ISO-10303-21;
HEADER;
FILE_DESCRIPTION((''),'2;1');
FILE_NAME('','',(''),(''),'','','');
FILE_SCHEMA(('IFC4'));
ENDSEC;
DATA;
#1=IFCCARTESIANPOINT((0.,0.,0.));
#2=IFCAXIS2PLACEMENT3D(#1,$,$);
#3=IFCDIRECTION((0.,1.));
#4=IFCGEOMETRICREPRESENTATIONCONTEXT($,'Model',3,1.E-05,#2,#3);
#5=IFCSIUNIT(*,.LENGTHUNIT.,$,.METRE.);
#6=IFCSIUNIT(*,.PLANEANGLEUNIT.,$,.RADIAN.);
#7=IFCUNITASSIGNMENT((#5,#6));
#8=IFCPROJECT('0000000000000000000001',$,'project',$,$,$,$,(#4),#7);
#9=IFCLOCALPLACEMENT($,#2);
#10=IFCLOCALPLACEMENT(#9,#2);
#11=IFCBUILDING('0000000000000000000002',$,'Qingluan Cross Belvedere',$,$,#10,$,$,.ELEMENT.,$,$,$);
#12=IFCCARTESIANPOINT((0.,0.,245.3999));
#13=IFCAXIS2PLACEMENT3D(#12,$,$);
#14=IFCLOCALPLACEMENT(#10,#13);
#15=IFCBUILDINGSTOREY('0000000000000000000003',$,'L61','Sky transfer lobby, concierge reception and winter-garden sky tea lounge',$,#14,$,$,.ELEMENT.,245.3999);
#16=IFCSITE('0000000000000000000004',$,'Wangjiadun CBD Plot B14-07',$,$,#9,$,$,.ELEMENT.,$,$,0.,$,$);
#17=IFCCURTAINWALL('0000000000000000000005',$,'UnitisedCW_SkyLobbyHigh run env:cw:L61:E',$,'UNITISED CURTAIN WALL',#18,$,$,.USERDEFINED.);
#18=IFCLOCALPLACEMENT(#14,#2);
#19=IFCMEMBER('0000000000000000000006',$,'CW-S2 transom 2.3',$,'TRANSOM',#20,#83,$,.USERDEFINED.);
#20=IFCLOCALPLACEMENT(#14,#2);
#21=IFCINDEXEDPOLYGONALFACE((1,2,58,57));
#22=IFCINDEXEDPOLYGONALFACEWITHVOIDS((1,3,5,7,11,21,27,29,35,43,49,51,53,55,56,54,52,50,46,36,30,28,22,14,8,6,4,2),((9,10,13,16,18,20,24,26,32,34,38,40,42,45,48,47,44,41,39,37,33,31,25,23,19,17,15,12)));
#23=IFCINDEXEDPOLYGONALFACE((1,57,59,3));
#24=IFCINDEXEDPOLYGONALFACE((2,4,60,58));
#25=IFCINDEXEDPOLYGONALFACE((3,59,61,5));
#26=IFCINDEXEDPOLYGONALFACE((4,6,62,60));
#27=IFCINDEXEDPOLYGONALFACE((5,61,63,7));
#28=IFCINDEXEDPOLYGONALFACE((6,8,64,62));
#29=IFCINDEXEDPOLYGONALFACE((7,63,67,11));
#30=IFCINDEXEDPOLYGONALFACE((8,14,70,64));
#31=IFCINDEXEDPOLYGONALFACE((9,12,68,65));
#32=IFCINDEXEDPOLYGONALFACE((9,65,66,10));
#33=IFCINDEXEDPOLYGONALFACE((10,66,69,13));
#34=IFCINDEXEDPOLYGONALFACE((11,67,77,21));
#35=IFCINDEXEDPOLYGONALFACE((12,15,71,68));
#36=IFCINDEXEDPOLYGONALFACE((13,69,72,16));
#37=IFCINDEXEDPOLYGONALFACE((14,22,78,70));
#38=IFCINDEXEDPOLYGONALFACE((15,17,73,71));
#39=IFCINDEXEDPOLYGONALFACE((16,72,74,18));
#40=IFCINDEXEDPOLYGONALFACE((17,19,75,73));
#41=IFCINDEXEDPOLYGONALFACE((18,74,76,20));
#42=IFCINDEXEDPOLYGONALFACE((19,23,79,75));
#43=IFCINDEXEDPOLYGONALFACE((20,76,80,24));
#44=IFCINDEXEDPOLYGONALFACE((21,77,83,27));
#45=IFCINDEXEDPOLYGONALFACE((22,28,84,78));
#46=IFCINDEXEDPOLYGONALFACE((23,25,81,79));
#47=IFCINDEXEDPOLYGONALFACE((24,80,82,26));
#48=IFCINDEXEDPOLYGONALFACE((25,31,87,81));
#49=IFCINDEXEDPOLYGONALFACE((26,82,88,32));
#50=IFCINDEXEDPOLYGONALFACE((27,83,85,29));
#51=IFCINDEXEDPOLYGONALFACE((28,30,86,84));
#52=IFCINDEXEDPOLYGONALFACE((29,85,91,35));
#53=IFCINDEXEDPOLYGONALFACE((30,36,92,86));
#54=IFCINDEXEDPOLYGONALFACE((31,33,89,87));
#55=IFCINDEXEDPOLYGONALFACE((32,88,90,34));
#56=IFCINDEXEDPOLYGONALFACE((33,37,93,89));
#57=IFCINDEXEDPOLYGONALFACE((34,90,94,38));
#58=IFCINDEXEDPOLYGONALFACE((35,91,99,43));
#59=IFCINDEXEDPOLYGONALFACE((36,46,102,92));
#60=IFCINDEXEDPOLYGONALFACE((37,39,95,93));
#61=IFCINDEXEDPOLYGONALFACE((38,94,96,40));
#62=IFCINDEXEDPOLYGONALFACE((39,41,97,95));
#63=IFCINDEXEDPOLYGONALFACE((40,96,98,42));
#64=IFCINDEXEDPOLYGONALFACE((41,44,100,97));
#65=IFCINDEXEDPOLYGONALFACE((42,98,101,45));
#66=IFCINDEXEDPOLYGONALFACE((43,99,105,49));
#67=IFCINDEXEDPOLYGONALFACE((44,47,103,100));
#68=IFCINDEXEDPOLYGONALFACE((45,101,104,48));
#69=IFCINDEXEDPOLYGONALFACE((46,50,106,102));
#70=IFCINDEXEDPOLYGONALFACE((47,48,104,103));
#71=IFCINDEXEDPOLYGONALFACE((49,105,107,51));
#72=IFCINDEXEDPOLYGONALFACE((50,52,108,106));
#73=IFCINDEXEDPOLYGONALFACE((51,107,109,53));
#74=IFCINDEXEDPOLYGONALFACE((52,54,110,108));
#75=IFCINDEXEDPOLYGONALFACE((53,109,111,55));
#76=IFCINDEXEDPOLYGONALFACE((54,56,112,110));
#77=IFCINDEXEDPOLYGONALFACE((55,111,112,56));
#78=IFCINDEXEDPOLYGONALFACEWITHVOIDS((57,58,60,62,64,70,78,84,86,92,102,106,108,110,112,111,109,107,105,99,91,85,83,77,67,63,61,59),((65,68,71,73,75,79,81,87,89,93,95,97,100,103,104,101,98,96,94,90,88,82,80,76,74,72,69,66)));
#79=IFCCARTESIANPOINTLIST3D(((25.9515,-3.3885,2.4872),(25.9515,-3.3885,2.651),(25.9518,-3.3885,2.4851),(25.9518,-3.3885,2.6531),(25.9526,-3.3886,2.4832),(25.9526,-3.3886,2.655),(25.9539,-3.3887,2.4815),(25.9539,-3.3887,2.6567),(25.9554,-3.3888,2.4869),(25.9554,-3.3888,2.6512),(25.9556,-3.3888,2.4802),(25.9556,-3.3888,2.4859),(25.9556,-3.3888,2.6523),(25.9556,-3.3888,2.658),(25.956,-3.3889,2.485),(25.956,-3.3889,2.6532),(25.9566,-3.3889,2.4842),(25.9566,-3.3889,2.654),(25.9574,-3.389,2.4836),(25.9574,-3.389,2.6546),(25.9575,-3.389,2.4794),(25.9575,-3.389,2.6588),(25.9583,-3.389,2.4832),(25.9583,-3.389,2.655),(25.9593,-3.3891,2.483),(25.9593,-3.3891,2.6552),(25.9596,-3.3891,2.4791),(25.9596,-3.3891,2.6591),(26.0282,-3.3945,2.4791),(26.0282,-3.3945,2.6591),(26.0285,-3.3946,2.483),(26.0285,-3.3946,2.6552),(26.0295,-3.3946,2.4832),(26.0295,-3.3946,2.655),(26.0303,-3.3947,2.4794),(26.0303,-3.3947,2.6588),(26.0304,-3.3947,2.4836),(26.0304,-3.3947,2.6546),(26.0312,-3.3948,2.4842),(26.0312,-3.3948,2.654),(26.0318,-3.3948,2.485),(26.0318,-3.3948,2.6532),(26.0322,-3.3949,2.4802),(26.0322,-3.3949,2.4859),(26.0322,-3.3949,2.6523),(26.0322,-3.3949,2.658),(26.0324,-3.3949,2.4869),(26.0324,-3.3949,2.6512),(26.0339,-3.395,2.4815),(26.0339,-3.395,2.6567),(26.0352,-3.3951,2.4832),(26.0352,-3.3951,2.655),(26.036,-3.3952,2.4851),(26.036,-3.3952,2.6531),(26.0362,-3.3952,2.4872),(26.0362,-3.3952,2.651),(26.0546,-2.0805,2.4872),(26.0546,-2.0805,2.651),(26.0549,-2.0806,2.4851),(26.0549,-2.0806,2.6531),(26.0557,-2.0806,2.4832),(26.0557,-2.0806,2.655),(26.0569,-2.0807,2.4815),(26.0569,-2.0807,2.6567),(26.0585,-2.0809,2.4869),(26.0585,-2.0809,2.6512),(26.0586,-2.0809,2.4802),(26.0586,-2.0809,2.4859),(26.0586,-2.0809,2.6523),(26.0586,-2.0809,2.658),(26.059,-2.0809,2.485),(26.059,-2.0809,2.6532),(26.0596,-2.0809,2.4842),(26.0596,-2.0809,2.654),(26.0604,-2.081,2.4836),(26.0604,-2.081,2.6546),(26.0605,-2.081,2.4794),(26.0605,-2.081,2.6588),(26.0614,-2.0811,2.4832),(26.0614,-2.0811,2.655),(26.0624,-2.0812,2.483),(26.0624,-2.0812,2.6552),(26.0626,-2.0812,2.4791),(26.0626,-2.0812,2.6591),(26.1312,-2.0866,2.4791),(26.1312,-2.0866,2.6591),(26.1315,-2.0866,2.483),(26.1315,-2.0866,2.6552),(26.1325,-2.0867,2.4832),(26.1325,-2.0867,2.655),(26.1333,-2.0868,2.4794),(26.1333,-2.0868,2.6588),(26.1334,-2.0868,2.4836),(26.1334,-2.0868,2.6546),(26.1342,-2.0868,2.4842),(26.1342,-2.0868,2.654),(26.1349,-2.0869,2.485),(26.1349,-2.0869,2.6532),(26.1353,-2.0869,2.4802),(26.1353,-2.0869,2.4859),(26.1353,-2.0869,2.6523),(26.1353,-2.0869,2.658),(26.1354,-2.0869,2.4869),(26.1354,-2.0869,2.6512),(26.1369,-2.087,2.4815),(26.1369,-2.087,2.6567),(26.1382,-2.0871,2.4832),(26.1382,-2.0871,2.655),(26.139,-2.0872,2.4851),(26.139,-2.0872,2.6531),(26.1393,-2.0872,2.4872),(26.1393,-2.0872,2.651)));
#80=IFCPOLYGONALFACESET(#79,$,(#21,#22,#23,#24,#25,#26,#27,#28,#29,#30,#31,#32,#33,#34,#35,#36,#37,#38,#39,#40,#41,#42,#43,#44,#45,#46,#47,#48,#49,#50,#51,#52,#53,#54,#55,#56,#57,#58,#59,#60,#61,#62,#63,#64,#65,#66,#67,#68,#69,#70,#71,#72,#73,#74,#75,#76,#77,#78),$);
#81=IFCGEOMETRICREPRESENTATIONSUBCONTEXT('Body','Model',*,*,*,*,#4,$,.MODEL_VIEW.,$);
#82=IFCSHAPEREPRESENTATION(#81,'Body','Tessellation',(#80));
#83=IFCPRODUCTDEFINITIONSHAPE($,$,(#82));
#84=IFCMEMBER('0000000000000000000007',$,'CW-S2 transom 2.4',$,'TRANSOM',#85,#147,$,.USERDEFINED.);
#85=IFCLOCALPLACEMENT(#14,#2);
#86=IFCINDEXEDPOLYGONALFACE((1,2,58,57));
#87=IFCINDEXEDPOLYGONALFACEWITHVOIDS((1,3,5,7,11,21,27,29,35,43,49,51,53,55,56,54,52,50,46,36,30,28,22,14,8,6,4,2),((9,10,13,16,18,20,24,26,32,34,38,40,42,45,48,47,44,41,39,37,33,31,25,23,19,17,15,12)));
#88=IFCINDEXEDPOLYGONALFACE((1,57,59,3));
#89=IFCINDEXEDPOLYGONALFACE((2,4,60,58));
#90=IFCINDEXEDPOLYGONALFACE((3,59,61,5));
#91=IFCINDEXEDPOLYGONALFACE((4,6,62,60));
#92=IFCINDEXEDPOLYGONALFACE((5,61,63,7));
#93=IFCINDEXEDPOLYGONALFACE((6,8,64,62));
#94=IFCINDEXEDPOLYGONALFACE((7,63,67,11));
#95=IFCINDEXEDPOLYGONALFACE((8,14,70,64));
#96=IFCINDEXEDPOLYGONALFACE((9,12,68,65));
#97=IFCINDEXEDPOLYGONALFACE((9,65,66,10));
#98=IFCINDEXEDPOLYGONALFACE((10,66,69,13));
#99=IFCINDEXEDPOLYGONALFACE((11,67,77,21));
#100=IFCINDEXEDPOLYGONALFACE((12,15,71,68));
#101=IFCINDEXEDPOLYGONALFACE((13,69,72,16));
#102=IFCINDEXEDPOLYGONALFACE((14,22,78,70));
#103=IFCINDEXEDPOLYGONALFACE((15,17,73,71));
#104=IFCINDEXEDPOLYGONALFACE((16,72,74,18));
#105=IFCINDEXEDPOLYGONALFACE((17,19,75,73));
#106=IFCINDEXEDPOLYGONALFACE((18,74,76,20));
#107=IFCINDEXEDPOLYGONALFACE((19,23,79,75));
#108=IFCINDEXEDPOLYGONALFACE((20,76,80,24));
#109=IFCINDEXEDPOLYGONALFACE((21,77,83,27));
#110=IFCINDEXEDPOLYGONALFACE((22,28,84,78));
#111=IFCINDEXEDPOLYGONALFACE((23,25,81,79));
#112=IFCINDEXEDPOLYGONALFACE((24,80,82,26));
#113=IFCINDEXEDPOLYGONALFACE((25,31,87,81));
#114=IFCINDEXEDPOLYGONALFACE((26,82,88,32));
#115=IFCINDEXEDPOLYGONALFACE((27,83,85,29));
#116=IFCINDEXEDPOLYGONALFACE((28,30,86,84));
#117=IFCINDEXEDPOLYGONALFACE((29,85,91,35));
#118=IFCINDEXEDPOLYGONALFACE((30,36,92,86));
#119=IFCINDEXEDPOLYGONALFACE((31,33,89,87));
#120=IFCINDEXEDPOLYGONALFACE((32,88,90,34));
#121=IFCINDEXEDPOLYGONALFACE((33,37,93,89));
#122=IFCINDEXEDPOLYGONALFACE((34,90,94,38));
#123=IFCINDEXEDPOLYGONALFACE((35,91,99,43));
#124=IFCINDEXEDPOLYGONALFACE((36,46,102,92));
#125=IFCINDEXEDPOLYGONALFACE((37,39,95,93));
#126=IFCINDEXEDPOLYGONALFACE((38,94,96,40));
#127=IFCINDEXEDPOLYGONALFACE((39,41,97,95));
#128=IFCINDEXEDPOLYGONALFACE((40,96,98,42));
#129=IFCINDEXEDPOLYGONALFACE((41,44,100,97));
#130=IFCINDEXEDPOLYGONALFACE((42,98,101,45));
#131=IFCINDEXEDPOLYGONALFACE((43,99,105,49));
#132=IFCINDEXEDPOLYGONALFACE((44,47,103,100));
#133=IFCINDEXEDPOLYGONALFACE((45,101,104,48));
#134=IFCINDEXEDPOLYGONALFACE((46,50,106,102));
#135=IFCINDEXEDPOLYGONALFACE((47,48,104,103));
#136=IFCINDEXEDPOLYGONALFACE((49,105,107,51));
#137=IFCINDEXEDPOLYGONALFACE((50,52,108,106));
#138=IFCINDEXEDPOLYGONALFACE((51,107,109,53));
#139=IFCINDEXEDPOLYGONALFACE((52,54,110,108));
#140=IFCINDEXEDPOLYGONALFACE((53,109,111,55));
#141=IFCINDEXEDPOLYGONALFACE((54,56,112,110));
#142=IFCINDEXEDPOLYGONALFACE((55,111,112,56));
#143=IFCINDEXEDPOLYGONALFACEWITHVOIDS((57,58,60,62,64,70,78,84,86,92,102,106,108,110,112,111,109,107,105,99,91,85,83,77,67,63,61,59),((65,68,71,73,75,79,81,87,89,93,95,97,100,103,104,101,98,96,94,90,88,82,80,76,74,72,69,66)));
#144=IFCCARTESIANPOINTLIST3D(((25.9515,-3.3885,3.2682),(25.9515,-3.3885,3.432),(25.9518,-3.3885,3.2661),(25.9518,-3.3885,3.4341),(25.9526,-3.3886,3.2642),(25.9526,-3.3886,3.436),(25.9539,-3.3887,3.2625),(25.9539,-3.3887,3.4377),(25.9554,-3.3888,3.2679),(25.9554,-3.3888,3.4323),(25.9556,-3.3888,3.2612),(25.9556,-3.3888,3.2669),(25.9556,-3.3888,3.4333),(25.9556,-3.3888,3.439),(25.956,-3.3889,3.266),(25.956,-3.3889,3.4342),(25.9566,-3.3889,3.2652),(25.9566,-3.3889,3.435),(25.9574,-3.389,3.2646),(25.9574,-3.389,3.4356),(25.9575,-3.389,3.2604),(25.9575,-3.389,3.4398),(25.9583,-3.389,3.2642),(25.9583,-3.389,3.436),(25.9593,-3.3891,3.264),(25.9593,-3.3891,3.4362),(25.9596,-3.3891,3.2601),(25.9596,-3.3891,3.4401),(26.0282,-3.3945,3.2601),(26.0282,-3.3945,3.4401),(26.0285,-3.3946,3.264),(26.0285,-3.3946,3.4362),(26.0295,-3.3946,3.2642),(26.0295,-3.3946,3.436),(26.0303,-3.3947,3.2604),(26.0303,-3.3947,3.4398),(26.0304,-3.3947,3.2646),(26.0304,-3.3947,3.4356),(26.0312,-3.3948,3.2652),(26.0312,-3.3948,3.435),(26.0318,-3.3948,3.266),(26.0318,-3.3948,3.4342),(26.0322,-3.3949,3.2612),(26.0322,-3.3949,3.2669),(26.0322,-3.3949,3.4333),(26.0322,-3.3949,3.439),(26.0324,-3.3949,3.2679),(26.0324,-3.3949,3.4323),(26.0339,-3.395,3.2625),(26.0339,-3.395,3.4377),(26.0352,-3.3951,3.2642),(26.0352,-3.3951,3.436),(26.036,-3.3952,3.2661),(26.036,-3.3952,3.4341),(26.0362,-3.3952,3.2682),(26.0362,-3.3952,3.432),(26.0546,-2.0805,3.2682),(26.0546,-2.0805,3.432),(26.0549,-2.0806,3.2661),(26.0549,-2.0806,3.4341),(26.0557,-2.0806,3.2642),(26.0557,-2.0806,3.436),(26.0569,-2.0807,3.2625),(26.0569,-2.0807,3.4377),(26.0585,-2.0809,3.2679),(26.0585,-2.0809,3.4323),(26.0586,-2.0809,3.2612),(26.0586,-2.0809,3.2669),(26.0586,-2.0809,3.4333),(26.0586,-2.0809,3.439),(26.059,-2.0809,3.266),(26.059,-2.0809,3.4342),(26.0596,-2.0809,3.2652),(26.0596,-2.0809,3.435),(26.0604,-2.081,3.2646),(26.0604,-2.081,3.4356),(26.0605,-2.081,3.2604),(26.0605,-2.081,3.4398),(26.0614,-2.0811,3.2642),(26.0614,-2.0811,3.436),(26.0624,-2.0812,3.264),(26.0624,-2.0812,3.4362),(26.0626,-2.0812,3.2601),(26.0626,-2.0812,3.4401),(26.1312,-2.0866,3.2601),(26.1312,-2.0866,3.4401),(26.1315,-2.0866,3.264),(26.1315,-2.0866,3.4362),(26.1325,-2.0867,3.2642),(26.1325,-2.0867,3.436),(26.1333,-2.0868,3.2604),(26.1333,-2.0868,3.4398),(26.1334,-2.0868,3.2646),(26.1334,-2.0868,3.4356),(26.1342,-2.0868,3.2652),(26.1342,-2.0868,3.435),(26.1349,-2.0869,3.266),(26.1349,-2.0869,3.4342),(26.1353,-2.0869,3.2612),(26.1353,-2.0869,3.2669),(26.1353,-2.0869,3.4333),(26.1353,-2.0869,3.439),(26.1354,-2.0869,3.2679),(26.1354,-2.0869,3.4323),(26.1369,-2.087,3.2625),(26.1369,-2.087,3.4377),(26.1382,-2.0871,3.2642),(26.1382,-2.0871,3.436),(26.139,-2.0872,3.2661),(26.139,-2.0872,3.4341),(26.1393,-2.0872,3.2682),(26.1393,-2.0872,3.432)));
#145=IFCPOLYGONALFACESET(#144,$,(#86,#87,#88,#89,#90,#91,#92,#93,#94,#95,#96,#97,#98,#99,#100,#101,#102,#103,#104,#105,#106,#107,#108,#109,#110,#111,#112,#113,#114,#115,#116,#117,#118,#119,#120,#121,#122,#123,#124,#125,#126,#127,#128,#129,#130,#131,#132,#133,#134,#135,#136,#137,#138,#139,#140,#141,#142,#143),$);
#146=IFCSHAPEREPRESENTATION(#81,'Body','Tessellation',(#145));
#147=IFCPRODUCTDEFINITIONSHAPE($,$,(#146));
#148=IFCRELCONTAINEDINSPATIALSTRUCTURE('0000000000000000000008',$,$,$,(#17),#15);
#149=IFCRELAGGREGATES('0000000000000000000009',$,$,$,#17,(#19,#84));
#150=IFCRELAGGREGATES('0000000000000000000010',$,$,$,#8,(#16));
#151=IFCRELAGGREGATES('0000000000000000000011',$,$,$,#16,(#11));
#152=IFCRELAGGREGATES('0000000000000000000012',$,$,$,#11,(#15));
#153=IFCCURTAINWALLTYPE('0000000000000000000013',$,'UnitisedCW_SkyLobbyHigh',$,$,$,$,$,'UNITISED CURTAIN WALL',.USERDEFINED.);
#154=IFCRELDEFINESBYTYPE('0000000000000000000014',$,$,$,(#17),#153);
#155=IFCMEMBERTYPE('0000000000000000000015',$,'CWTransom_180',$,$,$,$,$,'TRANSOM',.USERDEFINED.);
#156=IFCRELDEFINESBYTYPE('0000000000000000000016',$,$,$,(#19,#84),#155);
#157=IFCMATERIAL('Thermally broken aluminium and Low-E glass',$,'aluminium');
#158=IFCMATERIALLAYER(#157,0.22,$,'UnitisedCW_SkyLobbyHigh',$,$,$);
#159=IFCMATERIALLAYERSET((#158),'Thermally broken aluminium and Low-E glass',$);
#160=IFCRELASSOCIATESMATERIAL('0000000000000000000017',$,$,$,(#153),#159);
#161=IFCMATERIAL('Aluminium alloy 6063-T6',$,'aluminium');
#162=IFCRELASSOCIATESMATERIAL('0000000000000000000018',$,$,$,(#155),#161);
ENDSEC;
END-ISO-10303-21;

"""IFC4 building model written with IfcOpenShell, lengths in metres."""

from ifc_helpers import new_model, si_unit, direction, frame, origin, origin_2d, place, context, subcontext, project, spatial, hollow_rectangle, extrude, material, layer, layer_set, material_profile, profile_set, type_object, element, aggregate, save


model = new_model("IFC4")

# Units and contexts
model_context = context("Model", 3, precision=1e-05, world=origin(), true_north=direction((0.0, 1.0)))
body_context = subcontext(model_context, "Body", "Model", "MODEL_VIEW")
ifc_project = project(units=[si_unit("LENGTHUNIT", "METRE"), si_unit("PLANEANGLEUNIT", "RADIAN")], contexts=[model_context])

# Site, building, storey
site_placement = place(None, origin())
site = spatial("IfcSite", under=ifc_project, at=site_placement, Name="Wangjiadun CBD Plot B14-07", CompositionType="ELEMENT", RefElevation=0.0)
building_placement = place(site_placement, origin())
building = spatial("IfcBuilding", under=site, at=building_placement, Name="Qingluan Cross Belvedere", CompositionType="ELEMENT")
storey_placement = place(building_placement, frame((0.0, 0.0, 245.3999)))
storey = spatial("IfcBuildingStorey", under=building, at=storey_placement, Name="L61", Description="Sky transfer lobby, concierge reception and winter-garden sky tea lounge", CompositionType="ELEMENT", Elevation=245.3999)

# Curtain wall, members
ifc_material_1 = material(Name="Thermally broken aluminium and Low-E glass", Category="aluminium")
ifc_layer_1 = layer(ifc_material_1, 0.22, Name="UnitisedCW_SkyLobbyHigh")
ifc_layer_set_1 = layer_set([ifc_layer_1], Name="Thermally broken aluminium and Low-E glass")
curtain_wall_type = type_object("IfcCurtainWallType", Name="UnitisedCW_SkyLobbyHigh", ElementType="UNITISED CURTAIN WALL", PredefinedType="USERDEFINED", material=ifc_layer_set_1)
curtain_wall_placement = place(storey_placement, origin())
curtain_wall = element("IfcCurtainWall", 1, at=curtain_wall_placement, inside=storey, type_object=curtain_wall_type, Name="UnitisedCW_SkyLobbyHigh run env:cw:L61:E", ObjectType="UNITISED CURTAIN WALL", PredefinedType="USERDEFINED")
ifc_material_2 = material(Name="Aluminium alloy 6063-T6", Category="aluminium")
ifc_material_profile_1 = material_profile(ifc_material_2, hollow_rectangle(XDim=0.085, YDim=0.1799, WallThickness=0.0039, InnerFilletRadius=0.0039, OuterFilletRadius=0.0081, at=origin_2d()), Name="CWT180x85x4")
ifc_profile_set_1 = profile_set([ifc_material_profile_1], Name="Aluminium alloy 6063-T6")
member_type_1 = type_object("IfcMemberType", Name="CWTransom_180", ElementType="TRANSOM", PredefinedType="USERDEFINED", material=ifc_profile_set_1)
member_1_placement = place(storey_placement, frame((25.9939, -3.3918, 2.5691), z_axis=(0.078532, 0.996912, 0.0), x_axis=(-0.996912, 0.078532, 0.0)))
member_1 = element("IfcMember", 2, at=member_1_placement, type_object=member_type_1, Name="CW-S2 transom 2.3", ObjectType="TRANSOM", PredefinedType="USERDEFINED", context=body_context, shape_type="SweptSolid", body=[
    extrude(hollow_rectangle(XDim=0.085, YDim=0.1799, WallThickness=0.0039, InnerFilletRadius=0.0039, OuterFilletRadius=0.0081, at=origin_2d()), origin(), (0.0, 0.0, 1.0), 1.312),
])
member_2_placement = place(storey_placement, frame((25.9939, -3.3918, 3.3501), z_axis=(0.078532, 0.996912, 0.0), x_axis=(-0.996912, 0.078532, 0.0)))
member_2 = element("IfcMember", 3, at=member_2_placement, type_object=member_type_1, Name="CW-S2 transom 2.4", ObjectType="TRANSOM", PredefinedType="USERDEFINED", context=body_context, shape_type="SweptSolid", body=[
    extrude(hollow_rectangle(XDim=0.085, YDim=0.1799, WallThickness=0.0039, InnerFilletRadius=0.0039, OuterFilletRadius=0.0081, at=origin_2d()), origin(), (0.0, 0.0, 1.0), 1.312),
])
aggregate(curtain_wall, [member_1, member_2])

save(model, "model.ifc")
